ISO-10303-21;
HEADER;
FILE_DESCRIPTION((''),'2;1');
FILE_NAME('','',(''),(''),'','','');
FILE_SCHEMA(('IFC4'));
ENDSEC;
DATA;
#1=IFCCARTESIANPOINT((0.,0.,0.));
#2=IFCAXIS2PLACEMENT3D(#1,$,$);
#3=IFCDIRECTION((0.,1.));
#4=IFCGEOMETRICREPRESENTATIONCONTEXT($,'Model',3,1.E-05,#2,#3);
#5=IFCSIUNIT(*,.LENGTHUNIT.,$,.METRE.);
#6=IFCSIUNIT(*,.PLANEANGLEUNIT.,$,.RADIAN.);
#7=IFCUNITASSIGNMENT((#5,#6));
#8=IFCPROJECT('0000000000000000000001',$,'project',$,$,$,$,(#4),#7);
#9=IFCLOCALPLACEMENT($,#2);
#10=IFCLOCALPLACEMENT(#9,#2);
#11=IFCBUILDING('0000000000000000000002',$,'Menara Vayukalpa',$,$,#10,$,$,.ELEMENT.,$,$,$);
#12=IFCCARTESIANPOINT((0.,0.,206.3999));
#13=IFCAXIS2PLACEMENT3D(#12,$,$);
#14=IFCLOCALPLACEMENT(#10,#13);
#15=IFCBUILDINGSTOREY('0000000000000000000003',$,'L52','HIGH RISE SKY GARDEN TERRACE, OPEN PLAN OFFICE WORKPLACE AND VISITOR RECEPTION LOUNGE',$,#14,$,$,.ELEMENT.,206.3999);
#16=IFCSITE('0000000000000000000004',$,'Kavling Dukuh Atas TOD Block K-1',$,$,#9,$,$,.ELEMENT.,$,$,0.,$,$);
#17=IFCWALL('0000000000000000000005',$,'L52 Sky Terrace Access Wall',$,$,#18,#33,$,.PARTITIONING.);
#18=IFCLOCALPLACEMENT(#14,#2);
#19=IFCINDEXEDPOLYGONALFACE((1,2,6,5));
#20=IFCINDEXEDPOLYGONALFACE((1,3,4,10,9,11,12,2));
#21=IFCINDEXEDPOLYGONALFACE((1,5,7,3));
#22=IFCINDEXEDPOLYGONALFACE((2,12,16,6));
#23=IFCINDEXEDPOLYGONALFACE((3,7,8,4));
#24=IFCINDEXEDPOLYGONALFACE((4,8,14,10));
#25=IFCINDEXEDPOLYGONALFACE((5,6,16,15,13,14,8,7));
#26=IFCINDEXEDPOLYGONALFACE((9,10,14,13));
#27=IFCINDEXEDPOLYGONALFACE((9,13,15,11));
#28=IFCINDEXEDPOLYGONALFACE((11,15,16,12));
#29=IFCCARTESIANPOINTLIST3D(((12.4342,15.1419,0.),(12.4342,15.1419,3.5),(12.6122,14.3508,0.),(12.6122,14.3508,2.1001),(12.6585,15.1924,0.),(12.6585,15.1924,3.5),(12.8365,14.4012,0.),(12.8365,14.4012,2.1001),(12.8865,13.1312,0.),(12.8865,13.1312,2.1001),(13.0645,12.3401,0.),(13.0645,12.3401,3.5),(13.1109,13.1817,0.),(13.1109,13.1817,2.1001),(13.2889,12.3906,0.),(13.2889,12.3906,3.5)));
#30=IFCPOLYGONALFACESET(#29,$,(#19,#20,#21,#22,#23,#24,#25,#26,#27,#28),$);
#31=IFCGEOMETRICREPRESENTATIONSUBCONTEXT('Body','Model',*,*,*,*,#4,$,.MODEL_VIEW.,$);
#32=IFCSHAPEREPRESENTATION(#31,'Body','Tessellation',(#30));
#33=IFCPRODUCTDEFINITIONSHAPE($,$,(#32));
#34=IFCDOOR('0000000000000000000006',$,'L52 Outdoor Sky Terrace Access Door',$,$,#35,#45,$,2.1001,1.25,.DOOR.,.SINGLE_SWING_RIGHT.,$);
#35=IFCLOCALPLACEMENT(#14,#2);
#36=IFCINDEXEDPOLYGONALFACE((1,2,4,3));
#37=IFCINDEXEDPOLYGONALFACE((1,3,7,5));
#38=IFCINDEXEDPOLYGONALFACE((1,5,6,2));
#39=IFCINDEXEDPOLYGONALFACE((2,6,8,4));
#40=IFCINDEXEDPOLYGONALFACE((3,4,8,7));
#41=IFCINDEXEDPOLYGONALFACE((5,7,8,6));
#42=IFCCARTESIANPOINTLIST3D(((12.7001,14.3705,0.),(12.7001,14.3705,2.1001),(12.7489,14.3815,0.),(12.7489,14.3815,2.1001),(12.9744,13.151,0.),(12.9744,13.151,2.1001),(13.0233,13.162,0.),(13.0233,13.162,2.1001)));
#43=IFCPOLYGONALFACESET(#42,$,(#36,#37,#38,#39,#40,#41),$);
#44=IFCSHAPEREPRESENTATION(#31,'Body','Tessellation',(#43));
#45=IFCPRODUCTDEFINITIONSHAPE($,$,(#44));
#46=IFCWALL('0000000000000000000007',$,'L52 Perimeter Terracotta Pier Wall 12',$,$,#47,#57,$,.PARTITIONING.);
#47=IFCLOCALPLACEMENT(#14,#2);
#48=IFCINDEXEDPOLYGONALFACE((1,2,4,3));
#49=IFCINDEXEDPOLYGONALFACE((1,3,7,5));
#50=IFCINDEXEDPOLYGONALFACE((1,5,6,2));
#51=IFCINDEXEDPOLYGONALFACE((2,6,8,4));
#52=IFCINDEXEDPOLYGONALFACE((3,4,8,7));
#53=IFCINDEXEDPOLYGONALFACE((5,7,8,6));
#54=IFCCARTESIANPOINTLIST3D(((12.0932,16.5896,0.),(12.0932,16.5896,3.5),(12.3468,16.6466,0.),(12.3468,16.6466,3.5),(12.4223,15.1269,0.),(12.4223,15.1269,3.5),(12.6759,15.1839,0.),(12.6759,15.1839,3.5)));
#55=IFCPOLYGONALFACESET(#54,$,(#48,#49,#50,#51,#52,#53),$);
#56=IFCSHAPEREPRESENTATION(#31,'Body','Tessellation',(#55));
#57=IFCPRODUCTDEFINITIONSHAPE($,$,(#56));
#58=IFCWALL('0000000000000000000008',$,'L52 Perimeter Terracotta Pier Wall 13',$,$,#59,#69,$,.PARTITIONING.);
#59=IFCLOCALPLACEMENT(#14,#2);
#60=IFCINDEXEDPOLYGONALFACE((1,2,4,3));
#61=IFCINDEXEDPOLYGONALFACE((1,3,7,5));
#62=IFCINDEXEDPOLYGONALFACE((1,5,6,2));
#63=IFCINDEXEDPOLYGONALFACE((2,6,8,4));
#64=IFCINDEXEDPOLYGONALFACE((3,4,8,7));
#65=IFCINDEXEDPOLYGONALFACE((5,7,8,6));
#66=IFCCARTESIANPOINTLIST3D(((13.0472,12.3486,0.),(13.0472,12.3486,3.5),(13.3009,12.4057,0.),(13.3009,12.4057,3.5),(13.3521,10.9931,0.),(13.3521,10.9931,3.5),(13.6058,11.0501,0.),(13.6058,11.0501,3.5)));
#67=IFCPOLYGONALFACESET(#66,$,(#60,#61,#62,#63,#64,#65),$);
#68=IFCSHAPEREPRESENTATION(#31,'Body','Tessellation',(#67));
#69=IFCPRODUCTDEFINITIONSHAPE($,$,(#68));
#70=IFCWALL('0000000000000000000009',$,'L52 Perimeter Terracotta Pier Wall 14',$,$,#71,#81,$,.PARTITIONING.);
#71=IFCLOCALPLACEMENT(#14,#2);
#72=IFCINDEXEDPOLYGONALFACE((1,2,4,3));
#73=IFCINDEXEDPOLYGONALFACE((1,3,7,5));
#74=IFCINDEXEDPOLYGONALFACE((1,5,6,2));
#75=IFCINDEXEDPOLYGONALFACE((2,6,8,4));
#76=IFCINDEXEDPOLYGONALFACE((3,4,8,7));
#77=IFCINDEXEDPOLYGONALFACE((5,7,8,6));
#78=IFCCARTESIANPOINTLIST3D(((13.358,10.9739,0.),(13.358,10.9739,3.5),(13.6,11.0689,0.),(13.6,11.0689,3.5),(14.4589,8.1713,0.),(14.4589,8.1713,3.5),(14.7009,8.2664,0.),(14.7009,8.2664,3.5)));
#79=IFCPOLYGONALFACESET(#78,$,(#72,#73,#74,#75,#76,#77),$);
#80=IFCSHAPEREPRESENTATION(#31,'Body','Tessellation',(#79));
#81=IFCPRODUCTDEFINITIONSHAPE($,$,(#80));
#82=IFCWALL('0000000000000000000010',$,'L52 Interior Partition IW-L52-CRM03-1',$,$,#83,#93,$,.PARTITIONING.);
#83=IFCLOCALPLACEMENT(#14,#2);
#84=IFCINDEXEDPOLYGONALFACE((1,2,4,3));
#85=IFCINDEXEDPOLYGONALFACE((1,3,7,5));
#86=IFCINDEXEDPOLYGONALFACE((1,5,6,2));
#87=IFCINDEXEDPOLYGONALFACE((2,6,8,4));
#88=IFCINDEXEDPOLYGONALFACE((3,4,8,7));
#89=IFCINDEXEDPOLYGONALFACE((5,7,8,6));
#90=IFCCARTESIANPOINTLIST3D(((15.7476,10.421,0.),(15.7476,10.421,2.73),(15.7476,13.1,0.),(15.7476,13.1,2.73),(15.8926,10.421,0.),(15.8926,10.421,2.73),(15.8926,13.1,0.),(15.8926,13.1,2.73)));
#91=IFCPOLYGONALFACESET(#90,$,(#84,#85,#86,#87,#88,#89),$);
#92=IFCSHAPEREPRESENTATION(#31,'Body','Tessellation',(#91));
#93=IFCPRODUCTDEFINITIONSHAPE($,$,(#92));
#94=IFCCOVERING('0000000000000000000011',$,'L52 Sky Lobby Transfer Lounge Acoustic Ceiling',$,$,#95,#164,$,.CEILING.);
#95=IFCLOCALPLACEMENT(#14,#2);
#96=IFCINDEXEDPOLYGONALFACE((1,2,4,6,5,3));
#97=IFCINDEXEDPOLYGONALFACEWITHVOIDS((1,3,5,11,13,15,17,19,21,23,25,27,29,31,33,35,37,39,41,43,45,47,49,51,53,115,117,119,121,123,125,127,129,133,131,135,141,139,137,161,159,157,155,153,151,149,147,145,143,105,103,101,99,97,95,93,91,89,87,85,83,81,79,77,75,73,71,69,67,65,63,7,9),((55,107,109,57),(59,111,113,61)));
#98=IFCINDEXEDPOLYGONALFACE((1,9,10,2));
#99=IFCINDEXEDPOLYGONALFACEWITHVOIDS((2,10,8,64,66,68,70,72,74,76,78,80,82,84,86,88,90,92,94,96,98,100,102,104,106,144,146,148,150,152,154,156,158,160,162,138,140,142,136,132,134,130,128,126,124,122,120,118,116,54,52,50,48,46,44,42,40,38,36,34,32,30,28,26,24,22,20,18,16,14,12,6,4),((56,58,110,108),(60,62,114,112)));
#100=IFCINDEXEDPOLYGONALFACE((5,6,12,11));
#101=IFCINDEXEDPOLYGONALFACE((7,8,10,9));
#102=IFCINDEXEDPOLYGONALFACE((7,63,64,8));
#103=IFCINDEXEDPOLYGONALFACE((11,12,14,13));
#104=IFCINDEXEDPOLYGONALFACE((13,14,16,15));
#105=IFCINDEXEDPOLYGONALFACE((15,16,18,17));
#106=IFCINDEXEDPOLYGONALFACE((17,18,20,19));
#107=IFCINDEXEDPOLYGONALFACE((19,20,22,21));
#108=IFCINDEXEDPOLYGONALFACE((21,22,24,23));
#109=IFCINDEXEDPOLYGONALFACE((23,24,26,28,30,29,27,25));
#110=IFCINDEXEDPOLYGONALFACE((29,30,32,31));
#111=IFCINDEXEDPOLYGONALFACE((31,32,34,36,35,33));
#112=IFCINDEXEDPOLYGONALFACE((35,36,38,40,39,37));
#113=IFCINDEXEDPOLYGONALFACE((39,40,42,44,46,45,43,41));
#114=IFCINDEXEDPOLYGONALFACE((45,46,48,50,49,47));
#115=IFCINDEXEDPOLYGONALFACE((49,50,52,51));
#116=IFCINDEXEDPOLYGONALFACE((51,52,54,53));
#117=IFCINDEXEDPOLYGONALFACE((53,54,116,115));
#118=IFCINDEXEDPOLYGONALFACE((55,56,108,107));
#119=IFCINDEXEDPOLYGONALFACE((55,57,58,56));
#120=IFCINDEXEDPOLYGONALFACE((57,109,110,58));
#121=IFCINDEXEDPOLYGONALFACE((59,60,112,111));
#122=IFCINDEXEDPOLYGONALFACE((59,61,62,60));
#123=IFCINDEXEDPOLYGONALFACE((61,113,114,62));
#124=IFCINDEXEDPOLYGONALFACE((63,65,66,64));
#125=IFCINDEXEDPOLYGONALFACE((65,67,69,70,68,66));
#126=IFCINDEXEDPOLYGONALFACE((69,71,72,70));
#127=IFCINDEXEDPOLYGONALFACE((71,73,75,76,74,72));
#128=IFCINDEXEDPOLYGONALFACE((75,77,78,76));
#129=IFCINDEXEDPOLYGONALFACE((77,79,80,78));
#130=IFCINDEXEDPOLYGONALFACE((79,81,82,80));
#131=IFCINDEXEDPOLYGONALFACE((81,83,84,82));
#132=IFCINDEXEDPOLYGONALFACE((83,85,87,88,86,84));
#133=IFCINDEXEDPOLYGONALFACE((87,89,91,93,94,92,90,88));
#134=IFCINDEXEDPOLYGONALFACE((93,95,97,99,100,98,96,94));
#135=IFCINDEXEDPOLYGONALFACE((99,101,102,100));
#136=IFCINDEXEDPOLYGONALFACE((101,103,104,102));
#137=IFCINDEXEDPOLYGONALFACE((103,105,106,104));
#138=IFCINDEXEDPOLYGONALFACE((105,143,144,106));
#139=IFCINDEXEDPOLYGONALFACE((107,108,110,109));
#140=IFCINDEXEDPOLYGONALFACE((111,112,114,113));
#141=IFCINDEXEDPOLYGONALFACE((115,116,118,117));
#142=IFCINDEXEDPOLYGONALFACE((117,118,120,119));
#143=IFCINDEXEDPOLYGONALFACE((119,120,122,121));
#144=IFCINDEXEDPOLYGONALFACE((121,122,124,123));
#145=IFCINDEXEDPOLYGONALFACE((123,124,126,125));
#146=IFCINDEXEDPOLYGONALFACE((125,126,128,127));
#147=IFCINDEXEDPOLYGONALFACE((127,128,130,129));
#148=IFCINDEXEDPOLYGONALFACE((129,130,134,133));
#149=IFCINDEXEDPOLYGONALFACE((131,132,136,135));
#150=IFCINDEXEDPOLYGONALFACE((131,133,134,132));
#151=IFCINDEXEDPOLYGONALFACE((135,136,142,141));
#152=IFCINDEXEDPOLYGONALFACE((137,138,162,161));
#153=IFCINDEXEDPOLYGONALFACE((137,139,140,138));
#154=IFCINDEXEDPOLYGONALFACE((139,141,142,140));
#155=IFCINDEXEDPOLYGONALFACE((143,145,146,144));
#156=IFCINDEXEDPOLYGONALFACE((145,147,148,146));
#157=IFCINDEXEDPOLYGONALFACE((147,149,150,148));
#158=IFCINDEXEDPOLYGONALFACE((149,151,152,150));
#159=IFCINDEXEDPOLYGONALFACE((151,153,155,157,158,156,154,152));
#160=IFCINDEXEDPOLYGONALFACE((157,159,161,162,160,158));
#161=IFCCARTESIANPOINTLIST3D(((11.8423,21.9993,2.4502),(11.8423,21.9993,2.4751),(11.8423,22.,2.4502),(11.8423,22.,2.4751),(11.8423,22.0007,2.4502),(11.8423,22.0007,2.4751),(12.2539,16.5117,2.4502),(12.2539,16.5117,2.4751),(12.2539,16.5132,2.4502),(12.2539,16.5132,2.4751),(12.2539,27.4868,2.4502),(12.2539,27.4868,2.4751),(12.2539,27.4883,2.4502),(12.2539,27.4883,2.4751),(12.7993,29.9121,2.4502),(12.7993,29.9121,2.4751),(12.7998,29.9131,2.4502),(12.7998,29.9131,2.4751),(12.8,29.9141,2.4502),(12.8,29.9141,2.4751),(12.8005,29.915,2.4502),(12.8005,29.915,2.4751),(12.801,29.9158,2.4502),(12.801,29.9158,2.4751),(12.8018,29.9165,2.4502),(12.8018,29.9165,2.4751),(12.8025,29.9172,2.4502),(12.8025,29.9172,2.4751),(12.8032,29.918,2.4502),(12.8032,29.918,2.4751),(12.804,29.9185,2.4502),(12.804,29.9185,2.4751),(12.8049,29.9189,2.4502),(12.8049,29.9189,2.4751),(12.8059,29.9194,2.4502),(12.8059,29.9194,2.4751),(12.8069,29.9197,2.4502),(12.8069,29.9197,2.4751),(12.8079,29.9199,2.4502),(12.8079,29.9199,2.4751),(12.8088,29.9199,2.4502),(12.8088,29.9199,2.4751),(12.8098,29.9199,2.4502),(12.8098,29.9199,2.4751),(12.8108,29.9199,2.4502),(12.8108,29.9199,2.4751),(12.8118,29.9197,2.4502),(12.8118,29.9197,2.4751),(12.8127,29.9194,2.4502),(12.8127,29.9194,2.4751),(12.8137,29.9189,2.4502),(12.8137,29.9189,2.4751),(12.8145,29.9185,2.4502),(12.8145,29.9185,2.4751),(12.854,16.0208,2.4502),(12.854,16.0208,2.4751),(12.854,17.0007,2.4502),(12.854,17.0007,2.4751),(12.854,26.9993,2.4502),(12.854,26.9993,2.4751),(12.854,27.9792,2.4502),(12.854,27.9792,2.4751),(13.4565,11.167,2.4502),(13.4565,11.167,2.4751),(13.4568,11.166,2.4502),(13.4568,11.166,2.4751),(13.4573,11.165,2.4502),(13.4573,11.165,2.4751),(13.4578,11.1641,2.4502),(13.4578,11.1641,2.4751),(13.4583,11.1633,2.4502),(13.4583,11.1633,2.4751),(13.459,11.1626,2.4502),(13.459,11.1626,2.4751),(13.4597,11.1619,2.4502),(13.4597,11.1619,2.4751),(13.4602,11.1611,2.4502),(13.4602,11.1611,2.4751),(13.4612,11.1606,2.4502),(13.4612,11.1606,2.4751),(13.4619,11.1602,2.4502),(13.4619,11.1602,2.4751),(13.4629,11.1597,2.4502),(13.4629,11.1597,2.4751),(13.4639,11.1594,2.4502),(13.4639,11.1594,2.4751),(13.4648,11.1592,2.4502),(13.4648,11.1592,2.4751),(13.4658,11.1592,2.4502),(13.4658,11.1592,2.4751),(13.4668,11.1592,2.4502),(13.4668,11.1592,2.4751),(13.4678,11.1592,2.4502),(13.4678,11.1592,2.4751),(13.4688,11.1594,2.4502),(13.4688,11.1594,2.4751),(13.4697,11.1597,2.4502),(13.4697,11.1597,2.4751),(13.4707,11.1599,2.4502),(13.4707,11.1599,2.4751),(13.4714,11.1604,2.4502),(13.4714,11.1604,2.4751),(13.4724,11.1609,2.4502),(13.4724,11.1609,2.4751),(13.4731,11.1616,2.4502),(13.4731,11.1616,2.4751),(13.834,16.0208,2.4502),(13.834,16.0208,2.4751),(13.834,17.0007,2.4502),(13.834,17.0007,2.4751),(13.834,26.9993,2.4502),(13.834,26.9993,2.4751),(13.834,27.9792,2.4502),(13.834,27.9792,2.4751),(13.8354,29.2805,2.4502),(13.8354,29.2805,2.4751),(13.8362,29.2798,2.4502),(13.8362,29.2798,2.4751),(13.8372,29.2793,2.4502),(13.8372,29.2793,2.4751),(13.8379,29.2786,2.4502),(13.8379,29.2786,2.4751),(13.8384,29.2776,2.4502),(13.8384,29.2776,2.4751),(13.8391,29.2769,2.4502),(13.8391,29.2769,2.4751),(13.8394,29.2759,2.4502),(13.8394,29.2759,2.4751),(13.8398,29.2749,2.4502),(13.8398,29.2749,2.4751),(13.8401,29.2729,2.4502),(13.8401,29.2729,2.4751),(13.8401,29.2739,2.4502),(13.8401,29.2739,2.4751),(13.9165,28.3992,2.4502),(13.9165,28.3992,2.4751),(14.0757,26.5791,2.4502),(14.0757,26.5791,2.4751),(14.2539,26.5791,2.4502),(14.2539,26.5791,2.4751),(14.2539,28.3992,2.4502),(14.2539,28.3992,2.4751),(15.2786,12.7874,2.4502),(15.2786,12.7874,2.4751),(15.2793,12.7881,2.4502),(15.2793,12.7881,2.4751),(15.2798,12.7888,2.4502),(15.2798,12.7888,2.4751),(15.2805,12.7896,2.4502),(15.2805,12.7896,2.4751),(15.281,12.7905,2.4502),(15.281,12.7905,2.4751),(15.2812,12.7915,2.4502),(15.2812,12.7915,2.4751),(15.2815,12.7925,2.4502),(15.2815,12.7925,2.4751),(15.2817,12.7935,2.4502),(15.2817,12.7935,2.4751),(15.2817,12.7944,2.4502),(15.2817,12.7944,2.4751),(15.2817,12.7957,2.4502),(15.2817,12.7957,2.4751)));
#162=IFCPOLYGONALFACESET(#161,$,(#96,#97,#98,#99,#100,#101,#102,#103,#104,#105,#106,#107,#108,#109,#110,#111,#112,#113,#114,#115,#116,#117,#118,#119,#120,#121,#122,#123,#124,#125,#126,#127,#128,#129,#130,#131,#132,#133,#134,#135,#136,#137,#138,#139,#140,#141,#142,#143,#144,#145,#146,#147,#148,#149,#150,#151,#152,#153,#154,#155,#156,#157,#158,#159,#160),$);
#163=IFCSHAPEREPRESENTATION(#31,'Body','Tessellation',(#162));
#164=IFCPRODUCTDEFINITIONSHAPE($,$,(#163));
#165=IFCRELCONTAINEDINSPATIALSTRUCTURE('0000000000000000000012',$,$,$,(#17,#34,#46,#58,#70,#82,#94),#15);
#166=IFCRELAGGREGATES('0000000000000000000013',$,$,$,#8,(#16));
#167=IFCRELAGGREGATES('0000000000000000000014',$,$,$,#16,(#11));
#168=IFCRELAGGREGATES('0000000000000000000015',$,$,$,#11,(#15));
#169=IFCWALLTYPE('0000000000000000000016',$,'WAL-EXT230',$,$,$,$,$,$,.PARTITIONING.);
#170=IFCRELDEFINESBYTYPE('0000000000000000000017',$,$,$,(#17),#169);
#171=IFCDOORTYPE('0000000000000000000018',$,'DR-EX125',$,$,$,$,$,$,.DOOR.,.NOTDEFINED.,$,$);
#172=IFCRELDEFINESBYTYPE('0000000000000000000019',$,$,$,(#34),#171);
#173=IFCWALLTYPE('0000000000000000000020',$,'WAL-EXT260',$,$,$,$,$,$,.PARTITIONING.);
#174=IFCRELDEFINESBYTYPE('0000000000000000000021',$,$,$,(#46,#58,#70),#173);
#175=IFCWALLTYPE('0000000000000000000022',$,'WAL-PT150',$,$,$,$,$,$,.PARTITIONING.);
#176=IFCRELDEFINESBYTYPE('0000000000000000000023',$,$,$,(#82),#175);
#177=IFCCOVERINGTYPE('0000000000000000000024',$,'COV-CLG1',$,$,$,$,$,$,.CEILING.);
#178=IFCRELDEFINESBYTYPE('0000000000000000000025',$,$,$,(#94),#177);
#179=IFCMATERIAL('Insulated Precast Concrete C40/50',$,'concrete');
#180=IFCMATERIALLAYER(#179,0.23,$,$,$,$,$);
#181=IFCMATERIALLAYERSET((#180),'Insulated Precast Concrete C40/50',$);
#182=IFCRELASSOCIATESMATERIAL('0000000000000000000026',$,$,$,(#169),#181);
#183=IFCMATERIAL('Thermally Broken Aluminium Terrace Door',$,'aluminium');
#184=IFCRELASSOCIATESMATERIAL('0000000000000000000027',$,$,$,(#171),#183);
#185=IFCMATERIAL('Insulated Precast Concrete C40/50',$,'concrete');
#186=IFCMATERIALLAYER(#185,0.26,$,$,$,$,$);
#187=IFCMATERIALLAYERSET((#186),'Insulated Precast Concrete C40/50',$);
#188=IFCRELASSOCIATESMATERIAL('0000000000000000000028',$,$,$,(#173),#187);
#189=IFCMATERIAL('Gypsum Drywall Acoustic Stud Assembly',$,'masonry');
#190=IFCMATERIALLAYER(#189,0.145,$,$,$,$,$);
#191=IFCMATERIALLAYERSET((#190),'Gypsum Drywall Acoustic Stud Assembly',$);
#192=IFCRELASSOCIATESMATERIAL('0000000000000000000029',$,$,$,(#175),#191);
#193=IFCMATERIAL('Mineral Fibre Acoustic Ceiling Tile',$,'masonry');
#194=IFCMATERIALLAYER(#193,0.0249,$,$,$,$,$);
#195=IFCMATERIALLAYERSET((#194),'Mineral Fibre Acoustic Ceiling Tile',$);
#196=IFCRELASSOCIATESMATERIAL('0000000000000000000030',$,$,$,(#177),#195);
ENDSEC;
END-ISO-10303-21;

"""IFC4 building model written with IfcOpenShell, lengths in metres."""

from ifc_helpers import new_model, si_unit, direction, frame, frame_2d, origin, place, context, subcontext, project, spatial, polyline, rectangle, outline, extrude, material, layer, layer_set, type_object, element, fill, save


model = new_model("IFC4")

# Units and contexts
model_context = context("Model", 3, precision=1e-05, world=origin(), true_north=direction((0.0, 1.0)))
body_context = subcontext(model_context, "Body", "Model", "MODEL_VIEW")
ifc_project = project(units=[si_unit("LENGTHUNIT", "METRE"), si_unit("PLANEANGLEUNIT", "RADIAN")], contexts=[model_context])

# Site, building, storey
site_placement = place(None, origin())
site = spatial("IfcSite", under=ifc_project, at=site_placement, Name="Kavling Dukuh Atas TOD Block K-1", CompositionType="ELEMENT", RefElevation=0.0)
building_placement = place(site_placement, origin())
building = spatial("IfcBuilding", under=site, at=building_placement, Name="Menara Vayukalpa", CompositionType="ELEMENT")
storey_placement = place(building_placement, frame((0.0, 0.0, 206.3999)))
storey = spatial("IfcBuildingStorey", under=building, at=storey_placement, Name="L52", Description="HIGH RISE SKY GARDEN TERRACE, OPEN PLAN OFFICE WORKPLACE AND VISITOR RECEPTION LOUNGE", CompositionType="ELEMENT", Elevation=206.3999)

# Wall, opening, door
ifc_material_1 = material(Name="Insulated Precast Concrete C40/50", Category="concrete")
ifc_layer_1 = layer(ifc_material_1, 0.23)
ifc_layer_set_1 = layer_set([ifc_layer_1], Name="Insulated Precast Concrete C40/50")
wall_type_1 = type_object("IfcWallType", Name="WAL-EXT230", PredefinedType="PARTITIONING", material=ifc_layer_set_1)
wall_1_placement = place(storey_placement, frame((13.1768, 12.3652, 0.0), z_axis=(0.0, 0.0, 1.0), x_axis=(-0.219504, 0.975612, 0.0)))
wall_1 = element("IfcWall", 1, at=wall_1_placement, inside=storey, type_object=wall_type_1, Name="L52 Sky Terrace Access Wall", PredefinedType="PARTITIONING", context=body_context, shape_type="SweptSolid", body=[
    extrude(rectangle(XDim=2.8718, YDim=0.23, at=frame_2d((1.436, 0.0))), origin(), (0.0, 0.0, 1.0), 3.5),
])
opening_placement = place(wall_1_placement, frame((0.811, 0.0, 0.0)))
opening = element("IfcOpeningElement", 2, at=opening_placement, cuts=wall_1, PredefinedType="OPENING", context=body_context, shape_type="SweptSolid", body=[
    extrude(rectangle(XDim=1.25, YDim=2.1001, at=frame_2d((0.625, 1.05))), frame((0.0, 0.125, 0.0), z_axis=(0.0, -1.0, 0.0), x_axis=(1.0, 0.0, 0.0)), (0.0, 0.0, 1.0), 0.25),
])
ifc_material_2 = material(Name="Thermally Broken Aluminium Terrace Door", Category="aluminium")
door_type = type_object("IfcDoorType", Name="DR-EX125", OperationType="NOTDEFINED", PredefinedType="DOOR", material=ifc_material_2)
door_placement = place(opening_placement, origin())
door = element("IfcDoor", 3, at=door_placement, inside=storey, type_object=door_type, Name="L52 Outdoor Sky Terrace Access Door", OperationType="SINGLE_SWING_RIGHT", OverallHeight=2.1001, OverallWidth=1.25, PredefinedType="DOOR", context=body_context, shape_type="SweptSolid", body=[
    extrude(rectangle(XDim=1.25, YDim=2.1001, at=frame_2d((0.625, 1.05))), frame((0.0, 0.0249, 0.0), z_axis=(0.0, -1.0, 0.0), x_axis=(1.0, 0.0, 0.0)), (0.0, 0.0, 1.0), 0.05),
])
fill(opening, door)

# Walls
ifc_material_3 = material(Name="Insulated Precast Concrete C40/50", Category="concrete")
ifc_layer_2 = layer(ifc_material_3, 0.26)
ifc_layer_set_2 = layer_set([ifc_layer_2], Name="Insulated Precast Concrete C40/50")
wall_type_2 = type_object("IfcWallType", Name="WAL-EXT260", PredefinedType="PARTITIONING", material=ifc_layer_set_2)
wall_2_placement = place(storey_placement, frame((12.5491, 15.1555, 0.0), z_axis=(0.0, 0.0, 1.0), x_axis=(-0.219516, 0.975609, 0.0)))
element("IfcWall", 4, at=wall_2_placement, inside=storey, type_object=wall_type_2, Name="L52 Perimeter Terracotta Pier Wall 12", PredefinedType="PARTITIONING", context=body_context, shape_type="SweptSolid", body=[
    extrude(rectangle(XDim=1.4993, YDim=0.26, at=frame_2d((0.7495, 0.0))), origin(), (0.0, 0.0, 1.0), 3.5),
])
wall_3_placement = place(storey_placement, frame((13.479, 11.0215, 0.0), z_axis=(0.0, 0.0, 1.0), x_axis=(-0.219479, 0.975617, 0.0)))
element("IfcWall", 5, at=wall_3_placement, inside=storey, type_object=wall_type_2, Name="L52 Perimeter Terracotta Pier Wall 13", PredefinedType="PARTITIONING", context=body_context, shape_type="SweptSolid", body=[
    extrude(rectangle(XDim=1.3894, YDim=0.26, at=frame_2d((0.6948, 0.0))), origin(), (0.0, 0.0, 1.0), 3.5),
])
wall_4_placement = place(storey_placement, frame((14.5798, 8.219, 0.0), z_axis=(0.0, 0.0, 1.0), x_axis=(-0.36561, 0.930768, 0.0)))
element("IfcWall", 6, at=wall_4_placement, inside=storey, type_object=wall_type_2, Name="L52 Perimeter Terracotta Pier Wall 14", PredefinedType="PARTITIONING", context=body_context, shape_type="SweptSolid", body=[
    extrude(rectangle(XDim=3.011, YDim=0.26, at=frame_2d((1.5054, 0.0))), origin(), (0.0, 0.0, 1.0), 3.5),
])
ifc_material_4 = material(Name="Gypsum Drywall Acoustic Stud Assembly", Category="masonry")
ifc_layer_3 = layer(ifc_material_4, 0.145)
ifc_layer_set_3 = layer_set([ifc_layer_3], Name="Gypsum Drywall Acoustic Stud Assembly")
wall_type_3 = type_object("IfcWallType", Name="WAL-PT150", PredefinedType="PARTITIONING", material=ifc_layer_set_3)
wall_5_placement = place(storey_placement, frame((15.8201, 13.0999, 0.0), z_axis=(0.0, 0.0, 1.0), x_axis=(0.0, -1.0, 0.0)))
element("IfcWall", 7, at=wall_5_placement, inside=storey, type_object=wall_type_3, Name="L52 Interior Partition IW-L52-CRM03-1", PredefinedType="PARTITIONING", context=body_context, shape_type="SweptSolid", body=[
    extrude(rectangle(XDim=2.679, YDim=0.145, at=frame_2d((1.3394, 0.0))), origin(), (0.0, 0.0, 1.0), 2.73),
])

# Covering
ifc_material_5 = material(Name="Mineral Fibre Acoustic Ceiling Tile", Category="masonry")
ifc_layer_4 = layer(ifc_material_5, 0.0249)
ifc_layer_set_4 = layer_set([ifc_layer_4], Name="Mineral Fibre Acoustic Ceiling Tile")
covering_type_1 = type_object("IfcCoveringType", Name="COV-CLG1", PredefinedType="CEILING", material=ifc_layer_set_4)
covering_1_placement = place(storey_placement, frame((0.0, 0.0, 2.4502)))
element("IfcCovering", 8, at=covering_1_placement, inside=storey, type_object=covering_type_1, Name="L52 Sky Lobby Transfer Lounge Acoustic Ceiling", PredefinedType="CEILING", context=body_context, shape_type="SweptSolid", body=[
    extrude(outline(polyline([(11.8423, 22.0), (11.8423, 22.0007), (12.2539, 27.4868), (12.2539, 27.4883), (12.7993, 29.9121), (12.7998, 29.9131), (12.8, 29.9141), (12.8005, 29.915), (12.801, 29.9158), (12.8018, 29.9165), (12.8025, 29.9172), (12.8032, 29.918), (12.804, 29.9185), (12.8049, 29.9189), (12.8059, 29.9194), (12.8069, 29.9197), (12.8079, 29.9199), (12.8088, 29.9199), (12.8098, 29.9199), (12.8108, 29.9199), (12.8118, 29.9197), (12.8127, 29.9194), (12.8137, 29.9189), (12.8145, 29.9185), (13.8354, 29.2805), (13.8362, 29.2798), (13.8372, 29.2793), (13.8379, 29.2786), (13.8384, 29.2776), (13.8391, 29.2769), (13.8394, 29.2759), (13.8398, 29.2749), (13.8401, 29.2739), (13.8401, 29.2729), (13.9165, 28.3992), (14.2539, 28.3992), (14.2539, 26.5791), (14.0757, 26.5791), (15.2817, 12.7957), (15.2817, 12.7944), (15.2817, 12.7935), (15.2815, 12.7925), (15.2812, 12.7915), (15.281, 12.7905), (15.2805, 12.7896), (15.2798, 12.7888), (15.2793, 12.7881), (15.2786, 12.7874), (13.4731, 11.1616), (13.4724, 11.1609), (13.4714, 11.1604), (13.4707, 11.1599), (13.4697, 11.1597), (13.4688, 11.1594), (13.4678, 11.1592), (13.4668, 11.1592), (13.4658, 11.1592), (13.4648, 11.1592), (13.4639, 11.1594), (13.4629, 11.1597), (13.4619, 11.1602), (13.4612, 11.1606), (13.4602, 11.1611), (13.4597, 11.1619), (13.459, 11.1626), (13.4583, 11.1633), (13.4578, 11.1641), (13.4573, 11.165), (13.4568, 11.166), (13.4565, 11.167), (12.2539, 16.5117), (12.2539, 16.5132), (11.8423, 21.9993), (11.8423, 22.0)]), holes=[polyline([(13.834, 17.0007), (12.854, 17.0007), (12.854, 16.0208), (13.834, 16.0208), (13.834, 17.0007)]), polyline([(13.834, 27.9792), (12.854, 27.9792), (12.854, 26.9993), (13.834, 26.9993), (13.834, 27.9792)])]), origin(), (0.0, 0.0, 1.0), 0.0249),
])

save(model, "model.ifc")
